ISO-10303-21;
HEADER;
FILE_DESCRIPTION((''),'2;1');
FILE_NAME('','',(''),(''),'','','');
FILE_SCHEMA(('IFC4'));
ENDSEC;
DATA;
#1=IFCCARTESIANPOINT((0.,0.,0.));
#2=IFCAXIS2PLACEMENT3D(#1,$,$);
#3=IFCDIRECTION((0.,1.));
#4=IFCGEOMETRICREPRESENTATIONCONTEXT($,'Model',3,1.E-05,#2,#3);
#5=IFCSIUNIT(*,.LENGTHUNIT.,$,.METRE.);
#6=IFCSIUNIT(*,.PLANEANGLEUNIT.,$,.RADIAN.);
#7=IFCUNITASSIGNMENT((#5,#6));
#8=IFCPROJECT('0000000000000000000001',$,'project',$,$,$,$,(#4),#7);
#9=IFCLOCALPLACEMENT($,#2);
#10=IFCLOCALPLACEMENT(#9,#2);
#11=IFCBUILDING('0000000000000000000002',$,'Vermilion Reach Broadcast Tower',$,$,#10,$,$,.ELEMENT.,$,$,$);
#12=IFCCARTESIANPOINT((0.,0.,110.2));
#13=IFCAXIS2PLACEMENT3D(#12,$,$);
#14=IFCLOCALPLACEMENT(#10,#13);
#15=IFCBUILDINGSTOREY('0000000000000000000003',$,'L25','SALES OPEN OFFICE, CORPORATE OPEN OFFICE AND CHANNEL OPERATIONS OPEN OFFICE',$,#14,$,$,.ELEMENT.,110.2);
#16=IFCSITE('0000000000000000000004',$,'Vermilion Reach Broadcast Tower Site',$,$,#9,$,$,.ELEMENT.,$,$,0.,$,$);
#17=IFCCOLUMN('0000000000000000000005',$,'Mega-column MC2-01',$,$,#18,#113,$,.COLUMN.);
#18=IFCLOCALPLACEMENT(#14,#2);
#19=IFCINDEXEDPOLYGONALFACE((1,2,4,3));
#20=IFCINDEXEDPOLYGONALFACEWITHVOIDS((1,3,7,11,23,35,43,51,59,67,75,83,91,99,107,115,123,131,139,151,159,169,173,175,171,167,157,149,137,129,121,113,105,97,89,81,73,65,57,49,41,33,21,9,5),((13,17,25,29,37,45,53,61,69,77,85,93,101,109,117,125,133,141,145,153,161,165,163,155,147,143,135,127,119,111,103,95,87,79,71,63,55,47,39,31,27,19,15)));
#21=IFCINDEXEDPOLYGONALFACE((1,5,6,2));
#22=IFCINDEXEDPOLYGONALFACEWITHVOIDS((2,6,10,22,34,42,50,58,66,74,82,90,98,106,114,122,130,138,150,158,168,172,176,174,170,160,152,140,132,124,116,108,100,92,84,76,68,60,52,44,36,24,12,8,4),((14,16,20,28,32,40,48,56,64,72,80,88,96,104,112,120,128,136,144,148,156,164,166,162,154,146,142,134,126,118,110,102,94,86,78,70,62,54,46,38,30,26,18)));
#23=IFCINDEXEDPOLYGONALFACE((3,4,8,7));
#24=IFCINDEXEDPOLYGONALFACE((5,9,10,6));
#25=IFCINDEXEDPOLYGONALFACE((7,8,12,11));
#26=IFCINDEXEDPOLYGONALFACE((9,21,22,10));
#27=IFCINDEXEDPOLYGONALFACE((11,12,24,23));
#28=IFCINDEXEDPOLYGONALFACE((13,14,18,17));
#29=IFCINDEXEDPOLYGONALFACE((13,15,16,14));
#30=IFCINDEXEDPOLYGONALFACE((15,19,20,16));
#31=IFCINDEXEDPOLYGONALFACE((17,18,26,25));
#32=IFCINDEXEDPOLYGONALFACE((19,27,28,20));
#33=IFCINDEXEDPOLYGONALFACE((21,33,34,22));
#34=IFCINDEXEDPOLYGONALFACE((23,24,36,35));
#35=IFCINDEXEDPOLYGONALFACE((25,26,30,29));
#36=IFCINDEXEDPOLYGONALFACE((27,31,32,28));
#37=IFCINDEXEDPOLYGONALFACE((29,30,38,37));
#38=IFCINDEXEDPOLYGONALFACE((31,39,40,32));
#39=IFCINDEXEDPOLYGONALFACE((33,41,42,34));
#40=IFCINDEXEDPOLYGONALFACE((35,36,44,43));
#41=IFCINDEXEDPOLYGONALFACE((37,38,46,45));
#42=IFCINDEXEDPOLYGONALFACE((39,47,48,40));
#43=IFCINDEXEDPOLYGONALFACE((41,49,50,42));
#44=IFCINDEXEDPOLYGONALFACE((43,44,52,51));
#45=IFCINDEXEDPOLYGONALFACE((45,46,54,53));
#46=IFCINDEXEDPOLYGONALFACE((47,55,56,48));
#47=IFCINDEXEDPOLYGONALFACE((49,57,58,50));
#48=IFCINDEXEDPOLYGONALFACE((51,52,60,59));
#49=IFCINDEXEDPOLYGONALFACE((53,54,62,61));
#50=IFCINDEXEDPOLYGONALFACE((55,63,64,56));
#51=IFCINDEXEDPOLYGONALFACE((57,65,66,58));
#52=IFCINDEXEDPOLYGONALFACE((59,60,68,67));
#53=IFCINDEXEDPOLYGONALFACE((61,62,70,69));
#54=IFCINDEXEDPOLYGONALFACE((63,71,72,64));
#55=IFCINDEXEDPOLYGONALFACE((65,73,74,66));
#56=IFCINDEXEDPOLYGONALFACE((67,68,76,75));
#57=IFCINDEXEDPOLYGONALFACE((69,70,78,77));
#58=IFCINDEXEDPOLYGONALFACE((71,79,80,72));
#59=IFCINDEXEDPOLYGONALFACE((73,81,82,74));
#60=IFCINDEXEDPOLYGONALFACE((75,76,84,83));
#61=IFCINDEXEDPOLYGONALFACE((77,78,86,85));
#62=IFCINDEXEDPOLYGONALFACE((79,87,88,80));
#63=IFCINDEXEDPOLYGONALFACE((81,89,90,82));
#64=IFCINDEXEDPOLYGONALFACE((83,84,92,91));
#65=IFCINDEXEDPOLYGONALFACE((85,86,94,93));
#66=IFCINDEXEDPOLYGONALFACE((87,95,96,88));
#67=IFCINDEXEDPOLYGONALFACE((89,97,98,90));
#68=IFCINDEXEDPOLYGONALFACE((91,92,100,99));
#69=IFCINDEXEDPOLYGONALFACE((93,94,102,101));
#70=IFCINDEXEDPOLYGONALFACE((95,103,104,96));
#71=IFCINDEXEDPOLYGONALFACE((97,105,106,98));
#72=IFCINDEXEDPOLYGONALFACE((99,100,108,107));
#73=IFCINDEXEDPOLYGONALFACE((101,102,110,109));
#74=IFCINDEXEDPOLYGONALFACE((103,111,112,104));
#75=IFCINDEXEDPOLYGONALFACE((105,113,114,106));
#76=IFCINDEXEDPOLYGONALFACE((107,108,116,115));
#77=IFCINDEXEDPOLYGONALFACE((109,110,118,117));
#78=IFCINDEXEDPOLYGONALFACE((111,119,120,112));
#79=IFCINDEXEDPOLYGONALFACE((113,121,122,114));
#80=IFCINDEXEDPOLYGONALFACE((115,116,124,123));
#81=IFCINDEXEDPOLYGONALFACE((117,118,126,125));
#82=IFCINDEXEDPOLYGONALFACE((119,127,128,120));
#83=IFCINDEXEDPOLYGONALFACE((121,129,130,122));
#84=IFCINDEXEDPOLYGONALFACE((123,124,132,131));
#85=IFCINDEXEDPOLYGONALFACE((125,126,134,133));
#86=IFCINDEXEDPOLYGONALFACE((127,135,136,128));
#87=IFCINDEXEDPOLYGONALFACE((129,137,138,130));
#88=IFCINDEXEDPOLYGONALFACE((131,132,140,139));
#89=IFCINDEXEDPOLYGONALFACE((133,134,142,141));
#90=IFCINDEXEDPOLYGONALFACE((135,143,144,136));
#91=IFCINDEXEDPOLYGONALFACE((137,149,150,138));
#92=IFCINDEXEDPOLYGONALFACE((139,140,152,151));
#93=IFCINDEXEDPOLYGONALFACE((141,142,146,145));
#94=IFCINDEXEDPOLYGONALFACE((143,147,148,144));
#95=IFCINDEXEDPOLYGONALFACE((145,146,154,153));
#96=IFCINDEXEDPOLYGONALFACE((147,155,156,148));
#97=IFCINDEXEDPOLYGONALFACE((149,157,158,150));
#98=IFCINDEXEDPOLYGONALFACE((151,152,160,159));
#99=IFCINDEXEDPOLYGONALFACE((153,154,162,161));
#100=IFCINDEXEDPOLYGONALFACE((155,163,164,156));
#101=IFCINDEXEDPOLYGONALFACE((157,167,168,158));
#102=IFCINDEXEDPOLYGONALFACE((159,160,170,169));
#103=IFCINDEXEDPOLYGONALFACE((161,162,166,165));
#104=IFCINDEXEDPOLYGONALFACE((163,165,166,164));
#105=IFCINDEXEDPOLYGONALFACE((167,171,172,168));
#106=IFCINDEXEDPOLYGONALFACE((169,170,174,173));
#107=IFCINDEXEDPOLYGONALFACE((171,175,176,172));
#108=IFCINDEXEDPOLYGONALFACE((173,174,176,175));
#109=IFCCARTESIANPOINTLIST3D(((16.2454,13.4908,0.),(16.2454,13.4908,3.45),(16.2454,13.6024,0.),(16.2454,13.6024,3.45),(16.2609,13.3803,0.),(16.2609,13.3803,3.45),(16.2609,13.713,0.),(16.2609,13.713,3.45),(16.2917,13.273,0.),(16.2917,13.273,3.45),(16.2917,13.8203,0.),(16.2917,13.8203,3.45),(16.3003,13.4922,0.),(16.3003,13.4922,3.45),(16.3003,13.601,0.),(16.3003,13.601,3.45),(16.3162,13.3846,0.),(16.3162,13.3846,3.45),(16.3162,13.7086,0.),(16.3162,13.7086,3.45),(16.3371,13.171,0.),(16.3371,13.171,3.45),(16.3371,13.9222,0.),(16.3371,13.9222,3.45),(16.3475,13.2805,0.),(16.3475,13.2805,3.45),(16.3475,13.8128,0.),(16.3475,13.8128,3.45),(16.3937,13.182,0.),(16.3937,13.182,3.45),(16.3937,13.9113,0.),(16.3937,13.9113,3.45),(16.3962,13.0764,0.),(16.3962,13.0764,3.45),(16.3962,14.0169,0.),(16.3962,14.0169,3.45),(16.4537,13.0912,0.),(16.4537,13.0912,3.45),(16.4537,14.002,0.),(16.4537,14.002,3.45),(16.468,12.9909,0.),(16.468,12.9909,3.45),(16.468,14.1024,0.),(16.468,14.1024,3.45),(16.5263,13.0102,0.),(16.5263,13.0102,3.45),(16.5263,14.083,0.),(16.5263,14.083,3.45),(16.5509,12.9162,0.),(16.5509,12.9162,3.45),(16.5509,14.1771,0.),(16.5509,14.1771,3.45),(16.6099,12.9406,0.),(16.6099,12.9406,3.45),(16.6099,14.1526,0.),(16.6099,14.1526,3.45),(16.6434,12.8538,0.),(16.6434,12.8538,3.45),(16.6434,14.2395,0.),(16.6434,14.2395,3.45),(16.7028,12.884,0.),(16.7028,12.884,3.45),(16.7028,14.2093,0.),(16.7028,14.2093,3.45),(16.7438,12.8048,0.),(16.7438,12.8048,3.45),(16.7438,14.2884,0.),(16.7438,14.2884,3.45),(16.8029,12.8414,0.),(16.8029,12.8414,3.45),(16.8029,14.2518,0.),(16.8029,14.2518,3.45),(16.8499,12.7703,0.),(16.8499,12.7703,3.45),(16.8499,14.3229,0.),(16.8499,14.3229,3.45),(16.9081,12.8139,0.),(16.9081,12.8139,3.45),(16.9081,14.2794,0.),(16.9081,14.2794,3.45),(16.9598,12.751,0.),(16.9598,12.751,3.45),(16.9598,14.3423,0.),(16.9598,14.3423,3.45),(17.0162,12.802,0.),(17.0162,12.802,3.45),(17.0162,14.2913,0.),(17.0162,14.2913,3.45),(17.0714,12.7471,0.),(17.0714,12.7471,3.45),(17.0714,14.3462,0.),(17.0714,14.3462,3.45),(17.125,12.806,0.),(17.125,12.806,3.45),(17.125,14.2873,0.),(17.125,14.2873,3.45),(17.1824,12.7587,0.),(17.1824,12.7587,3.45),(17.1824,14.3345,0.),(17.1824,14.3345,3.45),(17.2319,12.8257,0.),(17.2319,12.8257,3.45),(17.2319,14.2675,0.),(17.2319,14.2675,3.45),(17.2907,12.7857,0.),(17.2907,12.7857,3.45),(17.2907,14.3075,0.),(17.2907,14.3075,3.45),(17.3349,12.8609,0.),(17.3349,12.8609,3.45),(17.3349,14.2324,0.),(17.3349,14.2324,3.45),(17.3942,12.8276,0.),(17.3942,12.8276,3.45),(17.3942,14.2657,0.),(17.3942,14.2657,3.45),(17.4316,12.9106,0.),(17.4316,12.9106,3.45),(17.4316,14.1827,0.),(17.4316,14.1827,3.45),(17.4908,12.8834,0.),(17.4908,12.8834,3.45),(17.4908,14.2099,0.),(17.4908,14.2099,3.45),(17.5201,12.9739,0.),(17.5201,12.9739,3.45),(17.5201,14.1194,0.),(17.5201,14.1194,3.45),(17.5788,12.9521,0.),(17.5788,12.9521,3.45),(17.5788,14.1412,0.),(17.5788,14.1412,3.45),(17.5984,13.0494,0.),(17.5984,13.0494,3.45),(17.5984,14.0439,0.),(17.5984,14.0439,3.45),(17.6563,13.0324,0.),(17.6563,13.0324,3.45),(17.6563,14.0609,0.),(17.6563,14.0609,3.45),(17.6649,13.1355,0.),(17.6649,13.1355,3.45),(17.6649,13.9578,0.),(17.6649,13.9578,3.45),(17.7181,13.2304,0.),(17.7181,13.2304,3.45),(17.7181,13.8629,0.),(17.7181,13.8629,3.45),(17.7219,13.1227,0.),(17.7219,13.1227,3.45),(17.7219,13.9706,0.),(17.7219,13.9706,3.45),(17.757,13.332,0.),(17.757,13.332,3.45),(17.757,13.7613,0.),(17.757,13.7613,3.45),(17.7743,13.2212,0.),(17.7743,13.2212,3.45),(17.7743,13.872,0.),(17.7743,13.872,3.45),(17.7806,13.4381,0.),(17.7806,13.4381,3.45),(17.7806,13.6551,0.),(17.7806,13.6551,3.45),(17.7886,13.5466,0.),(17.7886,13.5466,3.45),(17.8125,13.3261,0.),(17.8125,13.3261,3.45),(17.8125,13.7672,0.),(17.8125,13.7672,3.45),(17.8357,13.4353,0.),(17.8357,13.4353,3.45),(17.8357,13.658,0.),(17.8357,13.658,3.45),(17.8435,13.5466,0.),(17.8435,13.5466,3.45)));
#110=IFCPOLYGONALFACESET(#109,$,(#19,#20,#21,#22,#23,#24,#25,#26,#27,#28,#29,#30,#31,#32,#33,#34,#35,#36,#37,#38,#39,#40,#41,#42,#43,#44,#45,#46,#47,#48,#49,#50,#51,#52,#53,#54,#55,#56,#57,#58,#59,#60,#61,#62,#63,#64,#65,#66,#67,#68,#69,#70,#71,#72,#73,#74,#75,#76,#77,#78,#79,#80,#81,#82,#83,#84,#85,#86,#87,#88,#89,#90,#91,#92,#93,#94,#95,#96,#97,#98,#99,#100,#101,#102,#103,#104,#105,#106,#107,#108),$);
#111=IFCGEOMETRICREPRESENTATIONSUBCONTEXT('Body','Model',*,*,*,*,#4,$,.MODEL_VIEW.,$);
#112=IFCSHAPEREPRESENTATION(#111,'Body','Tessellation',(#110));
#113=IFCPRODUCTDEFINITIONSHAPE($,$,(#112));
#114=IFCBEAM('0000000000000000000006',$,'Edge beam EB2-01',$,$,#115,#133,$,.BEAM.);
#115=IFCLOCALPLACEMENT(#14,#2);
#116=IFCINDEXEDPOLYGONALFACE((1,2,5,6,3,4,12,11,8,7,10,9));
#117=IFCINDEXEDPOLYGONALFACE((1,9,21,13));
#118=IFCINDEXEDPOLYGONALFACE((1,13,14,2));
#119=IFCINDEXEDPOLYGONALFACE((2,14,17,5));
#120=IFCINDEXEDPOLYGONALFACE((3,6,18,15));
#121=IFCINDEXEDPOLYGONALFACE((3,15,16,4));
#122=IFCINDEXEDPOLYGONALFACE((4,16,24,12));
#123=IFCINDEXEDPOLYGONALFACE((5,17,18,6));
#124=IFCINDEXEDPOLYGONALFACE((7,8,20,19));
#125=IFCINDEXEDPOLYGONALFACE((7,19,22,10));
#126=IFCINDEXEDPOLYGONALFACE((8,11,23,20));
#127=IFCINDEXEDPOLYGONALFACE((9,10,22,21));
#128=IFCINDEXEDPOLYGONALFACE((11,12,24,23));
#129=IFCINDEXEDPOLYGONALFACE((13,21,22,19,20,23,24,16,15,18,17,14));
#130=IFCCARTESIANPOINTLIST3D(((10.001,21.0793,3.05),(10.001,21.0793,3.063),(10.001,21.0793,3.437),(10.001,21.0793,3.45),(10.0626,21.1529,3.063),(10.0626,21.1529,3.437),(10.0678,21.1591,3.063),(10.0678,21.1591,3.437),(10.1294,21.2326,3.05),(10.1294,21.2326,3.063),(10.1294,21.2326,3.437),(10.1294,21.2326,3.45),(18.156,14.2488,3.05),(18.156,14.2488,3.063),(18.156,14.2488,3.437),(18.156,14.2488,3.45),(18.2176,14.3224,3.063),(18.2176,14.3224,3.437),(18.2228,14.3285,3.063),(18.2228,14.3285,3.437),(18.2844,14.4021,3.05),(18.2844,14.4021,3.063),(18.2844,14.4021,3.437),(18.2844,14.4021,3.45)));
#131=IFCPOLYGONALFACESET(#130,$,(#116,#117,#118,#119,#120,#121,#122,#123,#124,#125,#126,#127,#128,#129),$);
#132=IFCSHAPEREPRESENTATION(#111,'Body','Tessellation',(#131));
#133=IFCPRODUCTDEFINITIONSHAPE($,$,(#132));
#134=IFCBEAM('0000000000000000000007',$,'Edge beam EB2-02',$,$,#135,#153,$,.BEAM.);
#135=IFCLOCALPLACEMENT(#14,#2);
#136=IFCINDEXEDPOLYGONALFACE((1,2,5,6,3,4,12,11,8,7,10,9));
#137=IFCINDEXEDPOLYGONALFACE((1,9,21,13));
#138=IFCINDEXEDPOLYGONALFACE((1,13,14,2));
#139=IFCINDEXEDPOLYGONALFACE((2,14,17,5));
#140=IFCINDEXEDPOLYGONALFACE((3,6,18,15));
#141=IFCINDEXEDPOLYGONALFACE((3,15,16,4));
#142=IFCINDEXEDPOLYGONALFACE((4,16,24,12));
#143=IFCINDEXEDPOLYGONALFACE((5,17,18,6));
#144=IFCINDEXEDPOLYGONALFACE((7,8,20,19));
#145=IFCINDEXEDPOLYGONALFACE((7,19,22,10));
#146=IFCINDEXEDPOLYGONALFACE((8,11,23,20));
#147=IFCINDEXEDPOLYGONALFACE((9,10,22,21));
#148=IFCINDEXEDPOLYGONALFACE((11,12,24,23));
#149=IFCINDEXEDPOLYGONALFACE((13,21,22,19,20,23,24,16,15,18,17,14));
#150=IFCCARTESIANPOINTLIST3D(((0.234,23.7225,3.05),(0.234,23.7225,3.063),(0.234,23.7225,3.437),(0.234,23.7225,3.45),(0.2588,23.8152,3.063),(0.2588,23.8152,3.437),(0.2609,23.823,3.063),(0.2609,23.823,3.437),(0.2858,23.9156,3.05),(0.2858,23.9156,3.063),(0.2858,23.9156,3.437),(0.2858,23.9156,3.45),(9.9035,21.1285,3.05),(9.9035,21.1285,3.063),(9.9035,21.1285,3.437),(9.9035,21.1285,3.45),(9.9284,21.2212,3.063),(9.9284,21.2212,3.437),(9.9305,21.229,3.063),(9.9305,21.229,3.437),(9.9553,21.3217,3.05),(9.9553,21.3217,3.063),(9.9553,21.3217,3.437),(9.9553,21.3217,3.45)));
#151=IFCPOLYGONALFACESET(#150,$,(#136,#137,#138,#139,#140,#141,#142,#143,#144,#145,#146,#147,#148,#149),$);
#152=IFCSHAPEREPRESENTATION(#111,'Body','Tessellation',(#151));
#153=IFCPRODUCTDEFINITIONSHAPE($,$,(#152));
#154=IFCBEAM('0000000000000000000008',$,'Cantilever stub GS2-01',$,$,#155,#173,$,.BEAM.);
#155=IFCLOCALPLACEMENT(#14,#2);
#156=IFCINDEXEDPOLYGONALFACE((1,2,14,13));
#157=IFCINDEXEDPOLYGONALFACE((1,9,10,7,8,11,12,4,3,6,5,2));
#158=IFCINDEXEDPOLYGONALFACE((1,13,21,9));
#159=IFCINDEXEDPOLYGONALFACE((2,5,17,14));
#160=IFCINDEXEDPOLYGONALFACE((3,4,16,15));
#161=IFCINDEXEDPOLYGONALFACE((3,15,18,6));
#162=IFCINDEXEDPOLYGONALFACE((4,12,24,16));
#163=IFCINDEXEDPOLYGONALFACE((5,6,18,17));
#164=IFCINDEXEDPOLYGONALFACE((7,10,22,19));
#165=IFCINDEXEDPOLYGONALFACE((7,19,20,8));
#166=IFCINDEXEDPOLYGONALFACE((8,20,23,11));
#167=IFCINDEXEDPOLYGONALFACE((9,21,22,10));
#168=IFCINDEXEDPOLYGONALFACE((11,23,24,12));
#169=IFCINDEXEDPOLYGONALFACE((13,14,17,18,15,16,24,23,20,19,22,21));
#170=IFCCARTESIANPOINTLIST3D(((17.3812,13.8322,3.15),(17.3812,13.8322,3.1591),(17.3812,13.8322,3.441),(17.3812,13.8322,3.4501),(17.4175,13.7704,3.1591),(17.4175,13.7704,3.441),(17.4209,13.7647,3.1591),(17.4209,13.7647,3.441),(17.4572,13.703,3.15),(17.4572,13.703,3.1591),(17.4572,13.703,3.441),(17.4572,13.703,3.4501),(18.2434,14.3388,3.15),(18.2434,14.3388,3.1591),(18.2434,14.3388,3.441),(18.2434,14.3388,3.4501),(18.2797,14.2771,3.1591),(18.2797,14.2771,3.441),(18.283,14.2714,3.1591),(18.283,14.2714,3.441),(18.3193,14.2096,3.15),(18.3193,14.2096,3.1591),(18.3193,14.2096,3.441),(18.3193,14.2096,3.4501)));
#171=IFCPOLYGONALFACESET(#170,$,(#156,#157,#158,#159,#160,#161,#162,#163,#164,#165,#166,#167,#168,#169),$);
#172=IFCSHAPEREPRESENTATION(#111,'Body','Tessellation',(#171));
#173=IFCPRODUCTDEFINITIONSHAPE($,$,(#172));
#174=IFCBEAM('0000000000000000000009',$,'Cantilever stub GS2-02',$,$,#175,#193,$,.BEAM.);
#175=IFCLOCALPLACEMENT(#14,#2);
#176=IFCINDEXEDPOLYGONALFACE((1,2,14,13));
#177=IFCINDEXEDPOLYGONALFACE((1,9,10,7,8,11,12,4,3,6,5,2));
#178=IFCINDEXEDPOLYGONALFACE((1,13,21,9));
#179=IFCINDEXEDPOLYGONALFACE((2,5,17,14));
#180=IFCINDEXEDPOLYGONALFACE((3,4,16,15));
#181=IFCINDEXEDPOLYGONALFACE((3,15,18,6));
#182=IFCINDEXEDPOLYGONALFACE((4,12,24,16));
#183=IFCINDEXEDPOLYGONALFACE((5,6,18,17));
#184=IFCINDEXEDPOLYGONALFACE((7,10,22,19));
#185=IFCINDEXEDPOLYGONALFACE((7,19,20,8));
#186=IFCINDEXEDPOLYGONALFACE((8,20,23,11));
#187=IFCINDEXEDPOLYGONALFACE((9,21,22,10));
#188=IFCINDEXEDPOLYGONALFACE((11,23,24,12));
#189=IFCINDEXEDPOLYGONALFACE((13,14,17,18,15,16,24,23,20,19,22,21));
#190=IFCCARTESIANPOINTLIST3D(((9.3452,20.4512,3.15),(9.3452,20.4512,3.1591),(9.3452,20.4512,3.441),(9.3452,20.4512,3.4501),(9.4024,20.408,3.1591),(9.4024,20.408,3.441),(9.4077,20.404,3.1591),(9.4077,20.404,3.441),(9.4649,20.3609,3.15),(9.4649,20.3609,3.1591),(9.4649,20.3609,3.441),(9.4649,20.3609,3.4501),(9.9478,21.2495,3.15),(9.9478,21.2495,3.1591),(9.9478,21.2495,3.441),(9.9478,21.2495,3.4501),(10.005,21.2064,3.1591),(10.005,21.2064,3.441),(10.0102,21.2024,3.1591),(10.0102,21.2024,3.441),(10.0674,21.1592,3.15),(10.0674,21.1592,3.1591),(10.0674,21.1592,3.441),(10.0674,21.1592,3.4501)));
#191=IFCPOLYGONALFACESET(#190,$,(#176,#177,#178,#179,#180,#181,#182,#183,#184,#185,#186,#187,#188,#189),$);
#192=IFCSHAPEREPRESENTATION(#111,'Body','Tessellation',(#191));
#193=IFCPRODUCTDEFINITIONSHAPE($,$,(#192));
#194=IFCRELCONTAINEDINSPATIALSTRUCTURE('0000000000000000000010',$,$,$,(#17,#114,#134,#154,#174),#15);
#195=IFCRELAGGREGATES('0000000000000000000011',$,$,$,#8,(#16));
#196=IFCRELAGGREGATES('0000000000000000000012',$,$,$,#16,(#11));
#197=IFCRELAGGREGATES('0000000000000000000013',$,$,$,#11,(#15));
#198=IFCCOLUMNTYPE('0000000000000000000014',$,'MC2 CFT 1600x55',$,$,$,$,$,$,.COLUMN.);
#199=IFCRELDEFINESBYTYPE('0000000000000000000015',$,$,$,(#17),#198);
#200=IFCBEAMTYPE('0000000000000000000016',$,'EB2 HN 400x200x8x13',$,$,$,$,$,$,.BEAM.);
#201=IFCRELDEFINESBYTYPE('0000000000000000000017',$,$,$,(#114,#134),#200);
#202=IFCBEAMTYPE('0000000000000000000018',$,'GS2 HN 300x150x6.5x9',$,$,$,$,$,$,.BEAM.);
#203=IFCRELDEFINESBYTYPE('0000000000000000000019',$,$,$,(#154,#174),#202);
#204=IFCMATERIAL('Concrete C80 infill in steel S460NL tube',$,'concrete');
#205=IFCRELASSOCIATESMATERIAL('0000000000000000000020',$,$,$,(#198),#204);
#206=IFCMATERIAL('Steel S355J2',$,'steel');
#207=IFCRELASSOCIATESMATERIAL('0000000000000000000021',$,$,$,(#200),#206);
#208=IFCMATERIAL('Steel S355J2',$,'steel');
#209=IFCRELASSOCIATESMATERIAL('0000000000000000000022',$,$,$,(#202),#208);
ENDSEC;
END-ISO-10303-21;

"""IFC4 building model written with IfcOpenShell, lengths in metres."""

from ifc_helpers import new_model, si_unit, direction, frame, origin, origin_2d, place, context, subcontext, project, spatial, hollow_circle, i_section, extrude, material, material_profile, profile_set, type_object, element, save


model = new_model("IFC4")

# Units and contexts
model_context = context("Model", 3, precision=1e-05, world=origin(), true_north=direction((0.0, 1.0)))
body_context = subcontext(model_context, "Body", "Model", "MODEL_VIEW")
ifc_project = project(units=[si_unit("LENGTHUNIT", "METRE"), si_unit("PLANEANGLEUNIT", "RADIAN")], contexts=[model_context])

# Site, building, storey
site_placement = place(None, origin())
site = spatial("IfcSite", under=ifc_project, at=site_placement, Name="Vermilion Reach Broadcast Tower Site", CompositionType="ELEMENT", RefElevation=0.0)
building_placement = place(site_placement, origin())
building = spatial("IfcBuilding", under=site, at=building_placement, Name="Vermilion Reach Broadcast Tower", CompositionType="ELEMENT")
storey_placement = place(building_placement, frame((0.0, 0.0, 110.2)))
storey = spatial("IfcBuildingStorey", under=building, at=storey_placement, Name="L25", Description="SALES OPEN OFFICE, CORPORATE OPEN OFFICE AND CHANNEL OPERATIONS OPEN OFFICE", CompositionType="ELEMENT", Elevation=110.2)

# Column
ifc_material_1 = material(Name="Concrete C80 infill in steel S460NL tube", Category="concrete")
ifc_material_profile_1 = material_profile(ifc_material_1, hollow_circle(Radius=0.8, WallThickness=0.0549, at=origin_2d()), Name="Concrete C80 infill in steel S460NL tube CFT 1600x55")
ifc_profile_set_1 = profile_set([ifc_material_profile_1], Name="Concrete C80 infill in steel S460NL tube")
column_type = type_object("IfcColumnType", Name="MC2 CFT 1600x55", PredefinedType="COLUMN", material=ifc_profile_set_1)
column_placement = place(storey_placement, frame((17.0435, 13.5466, 0.0), z_axis=(0.0, 0.0, 1.0), x_axis=(1.0, 0.0, 0.0)))
element("IfcColumn", 1, at=column_placement, inside=storey, type_object=column_type, Name="Mega-column MC2-01", PredefinedType="COLUMN", context=body_context, shape_type="SweptSolid", body=[
    extrude(hollow_circle(Radius=0.8, WallThickness=0.0549, at=origin_2d()), origin(), (0.0, 0.0, 1.0), 3.45),
])

# Beams
ifc_material_2 = material(Name="Steel S355J2", Category="steel")
ifc_material_profile_2 = material_profile(ifc_material_2, i_section(OverallWidth=0.2, OverallDepth=0.3999, WebThickness=0.0081, FlangeThickness=0.0129, at=origin_2d()), Name="S355J2 HN 400x200x8x13")
ifc_profile_set_2 = profile_set([ifc_material_profile_2], Name="Steel S355J2")
beam_type_1 = type_object("IfcBeamType", Name="EB2 HN 400x200x8x13", PredefinedType="BEAM", material=ifc_profile_set_2)
beam_1_placement = place(storey_placement, frame((18.2202, 14.3254, 3.25), z_axis=(-0.766614, 0.642108, 0.0), x_axis=(-0.642108, -0.766614, 0.0)))
element("IfcBeam", 2, at=beam_1_placement, inside=storey, type_object=beam_type_1, Name="Edge beam EB2-01", PredefinedType="BEAM", context=body_context, shape_type="SweptSolid", body=[
    extrude(i_section(OverallWidth=0.2, OverallDepth=0.3999, WebThickness=0.0081, FlangeThickness=0.0129, at=origin_2d()), origin(), (0.0, 0.0, 1.0), 10.6377),
])
beam_2_placement = place(storey_placement, frame((9.9294, 21.2251, 3.25), z_axis=(-0.965851, 0.2591, 0.0), x_axis=(-0.2591, -0.965851, 0.0)))
element("IfcBeam", 3, at=beam_2_placement, inside=storey, type_object=beam_type_1, Name="Edge beam EB2-02", PredefinedType="BEAM", context=body_context, shape_type="SweptSolid", body=[
    extrude(i_section(OverallWidth=0.2, OverallDepth=0.3999, WebThickness=0.0081, FlangeThickness=0.0129, at=origin_2d()), origin(), (0.0, 0.0, 1.0), 10.0115),
])
ifc_material_3 = material(Name="Steel S355J2", Category="steel")
ifc_material_profile_3 = material_profile(ifc_material_3, i_section(OverallWidth=0.1499, OverallDepth=0.3, WebThickness=0.0066, FlangeThickness=0.009, at=origin_2d()), Name="S355J2 HN 300x150x6.5x9")
ifc_profile_set_3 = profile_set([ifc_material_profile_3], Name="Steel S355J2")
beam_type_2 = type_object("IfcBeamType", Name="GS2 HN 300x150x6.5x9", PredefinedType="BEAM", material=ifc_profile_set_3)
beam_3_placement = place(storey_placement, frame((17.4192, 13.7676, 3.3), z_axis=(0.862154, 0.506647, 0.0), x_axis=(-0.506647, 0.862154, 0.0)))
element("IfcBeam", 4, at=beam_3_placement, inside=storey, type_object=beam_type_2, Name="Cantilever stub GS2-01", PredefinedType="BEAM", context=body_context, shape_type="SweptSolid", body=[
    extrude(i_section(OverallWidth=0.1499, OverallDepth=0.3, WebThickness=0.0066, FlangeThickness=0.009, at=origin_2d()), origin(), (0.0, 0.0, 1.0), 1.0),
])
beam_4_placement = place(storey_placement, frame((9.405, 20.406, 3.3), z_axis=(0.602419, 0.79818, 0.0), x_axis=(-0.79818, 0.602419, 0.0)))
element("IfcBeam", 5, at=beam_4_placement, inside=storey, type_object=beam_type_2, Name="Cantilever stub GS2-02", PredefinedType="BEAM", context=body_context, shape_type="SweptSolid", body=[
    extrude(i_section(OverallWidth=0.1499, OverallDepth=0.3, WebThickness=0.0066, FlangeThickness=0.009, at=origin_2d()), origin(), (0.0, 0.0, 1.0), 1.0002),
])

save(model, "model.ifc")
